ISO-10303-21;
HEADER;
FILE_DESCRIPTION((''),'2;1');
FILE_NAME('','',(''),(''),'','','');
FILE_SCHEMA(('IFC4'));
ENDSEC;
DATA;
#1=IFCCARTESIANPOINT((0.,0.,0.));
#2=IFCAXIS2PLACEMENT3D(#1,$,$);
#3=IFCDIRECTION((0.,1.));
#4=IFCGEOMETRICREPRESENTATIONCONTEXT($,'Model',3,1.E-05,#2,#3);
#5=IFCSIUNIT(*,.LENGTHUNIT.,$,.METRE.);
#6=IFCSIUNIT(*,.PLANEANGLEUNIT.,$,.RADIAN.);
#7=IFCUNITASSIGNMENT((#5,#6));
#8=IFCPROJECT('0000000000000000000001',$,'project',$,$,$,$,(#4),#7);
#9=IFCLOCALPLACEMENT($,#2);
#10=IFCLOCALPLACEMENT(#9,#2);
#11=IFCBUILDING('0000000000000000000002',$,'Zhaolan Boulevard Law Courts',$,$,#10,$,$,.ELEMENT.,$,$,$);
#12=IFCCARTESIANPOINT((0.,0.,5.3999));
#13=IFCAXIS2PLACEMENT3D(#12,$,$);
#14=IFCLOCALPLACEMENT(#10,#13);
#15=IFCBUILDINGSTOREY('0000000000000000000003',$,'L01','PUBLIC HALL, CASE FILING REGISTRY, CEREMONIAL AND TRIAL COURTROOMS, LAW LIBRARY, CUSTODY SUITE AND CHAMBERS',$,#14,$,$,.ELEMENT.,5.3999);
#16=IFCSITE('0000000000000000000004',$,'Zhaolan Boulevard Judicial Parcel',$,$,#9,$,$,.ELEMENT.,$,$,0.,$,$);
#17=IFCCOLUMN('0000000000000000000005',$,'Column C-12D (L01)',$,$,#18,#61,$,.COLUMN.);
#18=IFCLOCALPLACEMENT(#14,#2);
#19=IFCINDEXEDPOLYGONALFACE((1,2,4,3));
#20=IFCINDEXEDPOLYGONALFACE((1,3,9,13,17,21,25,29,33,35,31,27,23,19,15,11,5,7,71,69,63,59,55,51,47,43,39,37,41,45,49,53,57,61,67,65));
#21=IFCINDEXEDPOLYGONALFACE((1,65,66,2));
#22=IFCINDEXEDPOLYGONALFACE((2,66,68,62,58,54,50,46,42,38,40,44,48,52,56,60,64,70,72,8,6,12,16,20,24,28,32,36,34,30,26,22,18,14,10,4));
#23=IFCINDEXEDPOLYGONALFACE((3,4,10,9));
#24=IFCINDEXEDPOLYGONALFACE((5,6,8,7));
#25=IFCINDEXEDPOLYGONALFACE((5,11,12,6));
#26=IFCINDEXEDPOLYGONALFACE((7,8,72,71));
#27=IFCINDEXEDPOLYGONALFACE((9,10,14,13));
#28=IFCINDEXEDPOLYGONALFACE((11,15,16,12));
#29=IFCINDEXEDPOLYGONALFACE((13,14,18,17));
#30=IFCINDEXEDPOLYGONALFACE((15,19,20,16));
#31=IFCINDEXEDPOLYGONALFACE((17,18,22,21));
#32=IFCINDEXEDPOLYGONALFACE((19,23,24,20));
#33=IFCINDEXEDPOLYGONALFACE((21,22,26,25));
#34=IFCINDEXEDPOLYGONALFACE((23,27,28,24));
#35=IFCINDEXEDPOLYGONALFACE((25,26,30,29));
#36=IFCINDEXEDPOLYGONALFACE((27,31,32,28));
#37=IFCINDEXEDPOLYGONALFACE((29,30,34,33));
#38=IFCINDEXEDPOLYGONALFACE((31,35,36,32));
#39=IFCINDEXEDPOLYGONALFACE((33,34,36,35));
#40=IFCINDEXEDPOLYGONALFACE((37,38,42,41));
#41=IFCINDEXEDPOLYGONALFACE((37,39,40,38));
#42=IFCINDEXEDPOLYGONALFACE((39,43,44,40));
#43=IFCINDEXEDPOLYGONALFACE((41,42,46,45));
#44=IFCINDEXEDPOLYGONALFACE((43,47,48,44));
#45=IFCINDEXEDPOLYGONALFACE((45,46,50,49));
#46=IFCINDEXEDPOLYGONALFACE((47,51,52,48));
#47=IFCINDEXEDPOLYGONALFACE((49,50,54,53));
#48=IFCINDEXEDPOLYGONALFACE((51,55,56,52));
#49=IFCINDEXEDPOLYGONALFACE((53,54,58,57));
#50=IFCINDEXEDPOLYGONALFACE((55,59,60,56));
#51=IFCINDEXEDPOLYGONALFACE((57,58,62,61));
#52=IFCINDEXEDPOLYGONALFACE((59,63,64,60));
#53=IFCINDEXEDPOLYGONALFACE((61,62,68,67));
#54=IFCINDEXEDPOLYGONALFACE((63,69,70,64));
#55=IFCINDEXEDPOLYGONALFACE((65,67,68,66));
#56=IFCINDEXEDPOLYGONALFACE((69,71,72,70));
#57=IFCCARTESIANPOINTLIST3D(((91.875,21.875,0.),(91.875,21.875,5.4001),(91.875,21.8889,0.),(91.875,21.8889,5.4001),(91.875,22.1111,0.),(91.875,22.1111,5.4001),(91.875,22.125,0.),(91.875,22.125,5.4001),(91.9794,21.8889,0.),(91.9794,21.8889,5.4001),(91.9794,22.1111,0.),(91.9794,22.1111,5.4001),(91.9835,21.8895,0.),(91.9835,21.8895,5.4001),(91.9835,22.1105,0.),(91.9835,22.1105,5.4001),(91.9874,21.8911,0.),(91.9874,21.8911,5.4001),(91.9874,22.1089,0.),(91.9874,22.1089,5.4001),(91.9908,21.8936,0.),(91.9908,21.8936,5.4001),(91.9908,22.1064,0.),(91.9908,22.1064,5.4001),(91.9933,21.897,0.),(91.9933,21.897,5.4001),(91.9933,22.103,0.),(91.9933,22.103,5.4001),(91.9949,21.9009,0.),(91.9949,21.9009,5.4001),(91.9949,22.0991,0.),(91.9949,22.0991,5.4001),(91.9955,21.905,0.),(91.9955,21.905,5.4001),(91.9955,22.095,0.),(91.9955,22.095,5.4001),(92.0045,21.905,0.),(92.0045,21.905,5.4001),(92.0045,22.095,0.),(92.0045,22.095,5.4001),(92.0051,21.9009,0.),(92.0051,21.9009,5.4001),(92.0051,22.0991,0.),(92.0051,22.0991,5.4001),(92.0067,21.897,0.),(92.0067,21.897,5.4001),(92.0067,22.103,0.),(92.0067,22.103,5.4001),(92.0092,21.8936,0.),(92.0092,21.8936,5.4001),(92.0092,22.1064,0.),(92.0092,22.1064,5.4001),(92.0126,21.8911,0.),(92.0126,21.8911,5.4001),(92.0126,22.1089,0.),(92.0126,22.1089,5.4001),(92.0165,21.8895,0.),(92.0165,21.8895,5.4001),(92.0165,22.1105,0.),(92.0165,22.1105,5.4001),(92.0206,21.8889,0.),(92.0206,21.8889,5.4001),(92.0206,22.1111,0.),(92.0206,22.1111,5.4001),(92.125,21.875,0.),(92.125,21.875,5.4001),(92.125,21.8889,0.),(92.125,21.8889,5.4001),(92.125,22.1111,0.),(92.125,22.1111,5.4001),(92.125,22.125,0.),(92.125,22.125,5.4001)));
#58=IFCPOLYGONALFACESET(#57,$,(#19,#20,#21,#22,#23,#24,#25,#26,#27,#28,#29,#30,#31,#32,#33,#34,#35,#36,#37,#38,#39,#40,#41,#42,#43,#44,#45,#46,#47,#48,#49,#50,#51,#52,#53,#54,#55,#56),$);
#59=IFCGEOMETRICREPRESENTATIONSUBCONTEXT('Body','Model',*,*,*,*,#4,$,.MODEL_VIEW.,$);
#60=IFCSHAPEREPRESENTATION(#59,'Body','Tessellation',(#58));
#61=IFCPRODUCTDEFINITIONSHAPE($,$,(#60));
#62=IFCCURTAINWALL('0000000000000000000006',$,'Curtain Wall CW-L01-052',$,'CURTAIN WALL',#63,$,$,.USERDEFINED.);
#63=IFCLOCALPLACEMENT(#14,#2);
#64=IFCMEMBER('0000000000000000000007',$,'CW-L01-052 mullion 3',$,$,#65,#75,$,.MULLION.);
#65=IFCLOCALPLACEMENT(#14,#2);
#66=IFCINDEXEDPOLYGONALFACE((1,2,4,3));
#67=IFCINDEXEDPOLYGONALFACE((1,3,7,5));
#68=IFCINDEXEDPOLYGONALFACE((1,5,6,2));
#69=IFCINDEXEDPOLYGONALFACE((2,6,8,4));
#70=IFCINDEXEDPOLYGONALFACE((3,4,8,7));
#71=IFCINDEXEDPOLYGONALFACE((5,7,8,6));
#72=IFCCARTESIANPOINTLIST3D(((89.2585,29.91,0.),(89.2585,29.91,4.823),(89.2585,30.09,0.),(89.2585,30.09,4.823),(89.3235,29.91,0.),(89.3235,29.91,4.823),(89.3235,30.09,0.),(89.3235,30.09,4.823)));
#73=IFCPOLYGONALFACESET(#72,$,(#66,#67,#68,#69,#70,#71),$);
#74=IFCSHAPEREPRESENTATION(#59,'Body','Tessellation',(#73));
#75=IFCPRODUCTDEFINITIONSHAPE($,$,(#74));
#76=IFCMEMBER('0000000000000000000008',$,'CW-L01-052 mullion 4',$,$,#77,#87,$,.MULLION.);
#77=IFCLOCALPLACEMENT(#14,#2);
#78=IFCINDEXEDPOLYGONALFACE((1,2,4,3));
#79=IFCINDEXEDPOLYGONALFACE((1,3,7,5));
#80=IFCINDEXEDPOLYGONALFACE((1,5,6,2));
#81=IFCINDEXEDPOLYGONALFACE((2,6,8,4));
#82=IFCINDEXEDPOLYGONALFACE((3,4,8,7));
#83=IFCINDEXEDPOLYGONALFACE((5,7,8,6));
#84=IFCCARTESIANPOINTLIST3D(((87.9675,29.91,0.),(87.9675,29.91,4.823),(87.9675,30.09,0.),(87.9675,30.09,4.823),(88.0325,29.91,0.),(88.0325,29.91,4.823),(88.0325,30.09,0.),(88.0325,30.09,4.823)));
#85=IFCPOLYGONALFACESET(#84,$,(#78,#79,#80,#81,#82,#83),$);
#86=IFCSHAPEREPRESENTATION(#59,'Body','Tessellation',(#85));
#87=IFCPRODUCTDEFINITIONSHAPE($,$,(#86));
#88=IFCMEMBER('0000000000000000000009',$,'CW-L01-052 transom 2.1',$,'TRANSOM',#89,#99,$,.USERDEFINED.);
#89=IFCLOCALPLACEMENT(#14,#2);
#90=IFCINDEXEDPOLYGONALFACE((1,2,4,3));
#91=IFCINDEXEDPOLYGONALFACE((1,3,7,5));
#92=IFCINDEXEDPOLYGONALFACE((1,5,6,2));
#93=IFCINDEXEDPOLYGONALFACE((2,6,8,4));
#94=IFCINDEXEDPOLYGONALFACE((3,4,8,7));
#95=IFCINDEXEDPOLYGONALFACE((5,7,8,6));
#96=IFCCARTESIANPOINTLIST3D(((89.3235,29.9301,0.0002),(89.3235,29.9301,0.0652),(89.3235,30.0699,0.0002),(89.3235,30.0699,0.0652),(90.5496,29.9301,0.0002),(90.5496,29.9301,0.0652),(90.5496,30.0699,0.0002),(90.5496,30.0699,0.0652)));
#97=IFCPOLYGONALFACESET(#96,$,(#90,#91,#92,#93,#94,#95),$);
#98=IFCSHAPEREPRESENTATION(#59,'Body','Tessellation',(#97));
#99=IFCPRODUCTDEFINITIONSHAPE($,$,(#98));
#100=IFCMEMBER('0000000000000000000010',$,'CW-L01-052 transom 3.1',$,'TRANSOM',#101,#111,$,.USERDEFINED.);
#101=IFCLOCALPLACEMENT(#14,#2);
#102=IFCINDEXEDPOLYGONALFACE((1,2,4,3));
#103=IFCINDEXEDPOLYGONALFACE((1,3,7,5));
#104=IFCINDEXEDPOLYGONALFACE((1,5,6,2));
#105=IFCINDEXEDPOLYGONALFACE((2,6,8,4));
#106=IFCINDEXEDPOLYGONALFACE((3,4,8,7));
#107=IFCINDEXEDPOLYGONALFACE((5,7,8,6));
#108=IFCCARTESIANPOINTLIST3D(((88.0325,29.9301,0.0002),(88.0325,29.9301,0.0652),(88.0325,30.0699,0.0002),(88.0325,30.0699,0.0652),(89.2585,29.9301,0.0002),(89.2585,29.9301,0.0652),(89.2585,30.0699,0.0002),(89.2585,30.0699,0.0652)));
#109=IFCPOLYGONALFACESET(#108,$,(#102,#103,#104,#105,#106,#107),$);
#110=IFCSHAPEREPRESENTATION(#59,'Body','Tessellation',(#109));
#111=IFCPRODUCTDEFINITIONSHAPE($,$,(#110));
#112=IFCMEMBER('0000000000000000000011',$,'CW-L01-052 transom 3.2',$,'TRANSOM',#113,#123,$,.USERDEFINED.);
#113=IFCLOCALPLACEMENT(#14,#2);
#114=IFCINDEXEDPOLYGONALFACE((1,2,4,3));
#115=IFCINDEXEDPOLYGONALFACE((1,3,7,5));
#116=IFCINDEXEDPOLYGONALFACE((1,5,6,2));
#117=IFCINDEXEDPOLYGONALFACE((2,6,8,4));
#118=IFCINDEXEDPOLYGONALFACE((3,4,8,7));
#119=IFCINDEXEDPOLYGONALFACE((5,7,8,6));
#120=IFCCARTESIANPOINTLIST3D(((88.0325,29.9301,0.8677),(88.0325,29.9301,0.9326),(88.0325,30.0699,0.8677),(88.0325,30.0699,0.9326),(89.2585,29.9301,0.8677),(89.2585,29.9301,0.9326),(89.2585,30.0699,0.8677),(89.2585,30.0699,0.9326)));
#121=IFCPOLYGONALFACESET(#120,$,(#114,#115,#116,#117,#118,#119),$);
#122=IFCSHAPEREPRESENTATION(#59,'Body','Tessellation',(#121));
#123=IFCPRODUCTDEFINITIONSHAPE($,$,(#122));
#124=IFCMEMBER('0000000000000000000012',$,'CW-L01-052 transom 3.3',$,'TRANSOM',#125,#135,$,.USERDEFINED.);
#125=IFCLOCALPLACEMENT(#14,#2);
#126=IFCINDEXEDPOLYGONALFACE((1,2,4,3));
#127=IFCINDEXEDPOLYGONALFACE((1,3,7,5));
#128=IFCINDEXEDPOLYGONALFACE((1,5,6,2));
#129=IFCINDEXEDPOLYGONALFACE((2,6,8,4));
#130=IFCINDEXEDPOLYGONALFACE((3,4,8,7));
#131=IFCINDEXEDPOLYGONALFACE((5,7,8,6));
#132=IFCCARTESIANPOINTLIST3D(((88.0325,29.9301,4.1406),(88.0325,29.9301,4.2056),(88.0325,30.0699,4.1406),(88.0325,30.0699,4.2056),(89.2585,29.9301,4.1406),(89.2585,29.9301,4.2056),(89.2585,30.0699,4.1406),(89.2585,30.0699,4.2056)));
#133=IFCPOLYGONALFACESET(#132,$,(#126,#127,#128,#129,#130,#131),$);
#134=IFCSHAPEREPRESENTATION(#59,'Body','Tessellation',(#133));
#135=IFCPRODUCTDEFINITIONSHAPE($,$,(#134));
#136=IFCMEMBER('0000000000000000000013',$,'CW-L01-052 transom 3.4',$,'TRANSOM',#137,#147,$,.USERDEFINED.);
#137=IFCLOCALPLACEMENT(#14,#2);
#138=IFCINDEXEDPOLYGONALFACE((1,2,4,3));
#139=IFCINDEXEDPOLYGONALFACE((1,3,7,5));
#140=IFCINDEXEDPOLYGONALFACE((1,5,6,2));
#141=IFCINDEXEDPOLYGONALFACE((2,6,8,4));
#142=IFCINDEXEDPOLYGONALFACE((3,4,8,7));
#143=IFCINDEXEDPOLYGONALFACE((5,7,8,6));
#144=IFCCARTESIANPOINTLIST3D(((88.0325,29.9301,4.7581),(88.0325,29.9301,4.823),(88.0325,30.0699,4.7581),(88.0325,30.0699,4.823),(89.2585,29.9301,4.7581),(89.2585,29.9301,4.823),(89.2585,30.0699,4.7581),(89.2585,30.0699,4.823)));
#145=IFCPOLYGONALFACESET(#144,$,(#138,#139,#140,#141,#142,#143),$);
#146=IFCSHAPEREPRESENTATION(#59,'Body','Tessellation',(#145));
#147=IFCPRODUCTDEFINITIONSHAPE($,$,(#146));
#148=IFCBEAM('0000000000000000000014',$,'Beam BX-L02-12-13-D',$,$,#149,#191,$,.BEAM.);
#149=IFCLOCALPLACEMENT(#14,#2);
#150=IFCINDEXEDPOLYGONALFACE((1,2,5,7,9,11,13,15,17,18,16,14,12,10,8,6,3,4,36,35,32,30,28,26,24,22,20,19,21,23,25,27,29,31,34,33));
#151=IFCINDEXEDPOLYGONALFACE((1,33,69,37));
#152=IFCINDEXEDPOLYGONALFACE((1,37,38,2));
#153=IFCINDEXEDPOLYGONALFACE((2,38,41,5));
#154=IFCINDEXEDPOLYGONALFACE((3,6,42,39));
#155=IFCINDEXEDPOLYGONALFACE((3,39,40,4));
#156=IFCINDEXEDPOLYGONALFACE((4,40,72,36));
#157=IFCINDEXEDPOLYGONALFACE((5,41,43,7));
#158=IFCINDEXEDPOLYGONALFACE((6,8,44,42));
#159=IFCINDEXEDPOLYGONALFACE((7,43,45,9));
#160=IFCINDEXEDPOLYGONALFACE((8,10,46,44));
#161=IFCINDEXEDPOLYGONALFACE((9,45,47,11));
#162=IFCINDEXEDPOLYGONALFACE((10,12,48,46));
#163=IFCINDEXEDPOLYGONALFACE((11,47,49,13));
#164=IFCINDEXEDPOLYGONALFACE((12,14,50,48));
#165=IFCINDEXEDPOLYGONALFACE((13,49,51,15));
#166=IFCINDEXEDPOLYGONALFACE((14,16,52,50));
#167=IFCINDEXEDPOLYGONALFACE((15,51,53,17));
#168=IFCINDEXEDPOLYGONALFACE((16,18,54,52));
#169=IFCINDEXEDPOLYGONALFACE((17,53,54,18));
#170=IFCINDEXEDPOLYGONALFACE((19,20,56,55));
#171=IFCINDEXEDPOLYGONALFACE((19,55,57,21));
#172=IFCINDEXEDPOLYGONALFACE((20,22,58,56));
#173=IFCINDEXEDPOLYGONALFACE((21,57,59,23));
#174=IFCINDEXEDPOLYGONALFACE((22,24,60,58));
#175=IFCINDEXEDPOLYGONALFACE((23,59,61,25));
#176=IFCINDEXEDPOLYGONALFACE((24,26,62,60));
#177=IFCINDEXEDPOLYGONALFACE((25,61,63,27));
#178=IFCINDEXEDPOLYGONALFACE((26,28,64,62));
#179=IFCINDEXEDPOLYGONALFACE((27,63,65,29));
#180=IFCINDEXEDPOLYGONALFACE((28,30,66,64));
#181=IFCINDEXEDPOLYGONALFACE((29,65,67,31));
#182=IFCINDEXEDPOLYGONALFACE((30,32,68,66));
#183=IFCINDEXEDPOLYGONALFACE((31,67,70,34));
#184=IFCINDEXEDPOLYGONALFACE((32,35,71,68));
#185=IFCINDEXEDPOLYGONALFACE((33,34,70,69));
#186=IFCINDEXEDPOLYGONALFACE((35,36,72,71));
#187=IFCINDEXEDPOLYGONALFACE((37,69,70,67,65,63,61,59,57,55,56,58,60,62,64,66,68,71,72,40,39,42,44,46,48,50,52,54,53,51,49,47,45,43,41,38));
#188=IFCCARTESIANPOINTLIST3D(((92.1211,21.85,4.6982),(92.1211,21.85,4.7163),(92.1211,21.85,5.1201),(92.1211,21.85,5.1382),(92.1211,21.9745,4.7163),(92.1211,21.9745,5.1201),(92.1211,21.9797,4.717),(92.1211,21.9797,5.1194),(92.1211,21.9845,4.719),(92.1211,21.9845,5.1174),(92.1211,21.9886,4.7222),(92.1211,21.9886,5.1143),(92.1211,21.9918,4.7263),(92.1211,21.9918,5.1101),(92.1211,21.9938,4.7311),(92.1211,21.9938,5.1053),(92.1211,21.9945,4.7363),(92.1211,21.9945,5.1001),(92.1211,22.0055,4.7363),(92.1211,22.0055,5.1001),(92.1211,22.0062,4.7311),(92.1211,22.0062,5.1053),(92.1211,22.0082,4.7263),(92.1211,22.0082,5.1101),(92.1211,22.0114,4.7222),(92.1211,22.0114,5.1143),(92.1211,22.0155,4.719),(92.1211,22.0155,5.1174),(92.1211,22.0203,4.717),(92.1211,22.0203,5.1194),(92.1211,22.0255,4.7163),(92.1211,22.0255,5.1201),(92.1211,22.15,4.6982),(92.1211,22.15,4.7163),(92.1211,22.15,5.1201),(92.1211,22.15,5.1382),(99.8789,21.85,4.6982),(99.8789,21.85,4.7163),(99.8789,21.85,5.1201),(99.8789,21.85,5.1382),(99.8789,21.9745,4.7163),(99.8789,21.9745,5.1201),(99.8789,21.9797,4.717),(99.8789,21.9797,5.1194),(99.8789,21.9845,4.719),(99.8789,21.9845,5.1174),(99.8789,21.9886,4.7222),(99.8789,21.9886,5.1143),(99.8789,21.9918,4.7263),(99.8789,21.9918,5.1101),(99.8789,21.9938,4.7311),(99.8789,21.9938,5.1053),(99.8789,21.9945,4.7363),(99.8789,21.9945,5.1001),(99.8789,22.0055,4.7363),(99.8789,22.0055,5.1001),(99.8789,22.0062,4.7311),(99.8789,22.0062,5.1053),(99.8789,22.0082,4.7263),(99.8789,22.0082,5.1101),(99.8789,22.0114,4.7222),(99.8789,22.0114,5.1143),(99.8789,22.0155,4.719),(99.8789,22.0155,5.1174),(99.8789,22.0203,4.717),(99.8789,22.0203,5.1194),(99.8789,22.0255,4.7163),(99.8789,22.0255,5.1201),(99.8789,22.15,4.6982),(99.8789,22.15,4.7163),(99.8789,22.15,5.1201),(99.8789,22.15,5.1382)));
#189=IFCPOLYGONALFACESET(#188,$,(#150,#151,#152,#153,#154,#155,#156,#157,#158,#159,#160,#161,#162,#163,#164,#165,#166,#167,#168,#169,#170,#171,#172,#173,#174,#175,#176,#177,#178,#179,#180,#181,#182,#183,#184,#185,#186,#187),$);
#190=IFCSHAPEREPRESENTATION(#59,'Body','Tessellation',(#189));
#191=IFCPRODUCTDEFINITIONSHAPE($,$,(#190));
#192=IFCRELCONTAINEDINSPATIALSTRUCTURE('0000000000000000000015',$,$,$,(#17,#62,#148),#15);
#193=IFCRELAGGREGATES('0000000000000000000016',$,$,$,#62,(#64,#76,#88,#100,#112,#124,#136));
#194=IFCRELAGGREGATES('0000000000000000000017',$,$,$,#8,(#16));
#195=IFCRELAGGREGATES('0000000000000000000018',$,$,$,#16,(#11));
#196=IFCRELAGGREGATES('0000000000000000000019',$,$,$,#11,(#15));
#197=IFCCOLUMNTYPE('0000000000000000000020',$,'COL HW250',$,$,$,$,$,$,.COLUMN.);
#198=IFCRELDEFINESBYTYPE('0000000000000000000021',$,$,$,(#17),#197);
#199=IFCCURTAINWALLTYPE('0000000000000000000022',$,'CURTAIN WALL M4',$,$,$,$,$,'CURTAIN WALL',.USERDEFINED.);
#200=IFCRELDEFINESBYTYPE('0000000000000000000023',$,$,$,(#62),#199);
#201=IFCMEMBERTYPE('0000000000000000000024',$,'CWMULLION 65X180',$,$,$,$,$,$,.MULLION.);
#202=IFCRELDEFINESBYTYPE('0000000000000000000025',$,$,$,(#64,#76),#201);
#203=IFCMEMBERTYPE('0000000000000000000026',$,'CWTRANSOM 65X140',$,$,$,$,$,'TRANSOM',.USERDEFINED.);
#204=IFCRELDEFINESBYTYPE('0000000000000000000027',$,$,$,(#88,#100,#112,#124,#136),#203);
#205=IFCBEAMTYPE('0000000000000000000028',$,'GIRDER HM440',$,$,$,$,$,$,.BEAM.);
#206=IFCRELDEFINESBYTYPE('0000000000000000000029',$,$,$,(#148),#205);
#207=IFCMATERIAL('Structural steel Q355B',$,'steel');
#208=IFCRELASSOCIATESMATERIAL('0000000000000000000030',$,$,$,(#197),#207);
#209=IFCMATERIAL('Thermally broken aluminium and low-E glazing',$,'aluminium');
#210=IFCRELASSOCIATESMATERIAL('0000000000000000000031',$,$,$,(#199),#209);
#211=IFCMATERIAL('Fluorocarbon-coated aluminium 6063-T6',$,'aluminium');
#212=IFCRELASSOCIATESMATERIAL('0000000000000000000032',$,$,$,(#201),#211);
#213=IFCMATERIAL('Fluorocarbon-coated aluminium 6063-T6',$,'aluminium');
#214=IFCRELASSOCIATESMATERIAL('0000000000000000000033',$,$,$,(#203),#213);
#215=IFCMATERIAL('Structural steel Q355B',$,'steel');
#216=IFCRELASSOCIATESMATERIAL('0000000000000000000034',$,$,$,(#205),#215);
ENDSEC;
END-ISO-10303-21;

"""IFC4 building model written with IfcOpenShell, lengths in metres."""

from ifc_helpers import new_model, si_unit, direction, frame, origin, origin_2d, place, context, subcontext, project, spatial, rectangle, i_section, extrude, material, material_profile, profile_set, type_object, element, aggregate, save


model = new_model("IFC4")

# Units and contexts
model_context = context("Model", 3, precision=1e-05, world=origin(), true_north=direction((0.0, 1.0)))
body_context = subcontext(model_context, "Body", "Model", "MODEL_VIEW")
ifc_project = project(units=[si_unit("LENGTHUNIT", "METRE"), si_unit("PLANEANGLEUNIT", "RADIAN")], contexts=[model_context])

# Site, building, storey
site_placement = place(None, origin())
site = spatial("IfcSite", under=ifc_project, at=site_placement, Name="Zhaolan Boulevard Judicial Parcel", CompositionType="ELEMENT", RefElevation=0.0)
building_placement = place(site_placement, origin())
building = spatial("IfcBuilding", under=site, at=building_placement, Name="Zhaolan Boulevard Law Courts", CompositionType="ELEMENT")
storey_placement = place(building_placement, frame((0.0, 0.0, 5.3999)))
storey = spatial("IfcBuildingStorey", under=building, at=storey_placement, Name="L01", Description="PUBLIC HALL, CASE FILING REGISTRY, CEREMONIAL AND TRIAL COURTROOMS, LAW LIBRARY, CUSTODY SUITE AND CHAMBERS", CompositionType="ELEMENT", Elevation=5.3999)

# Column
ifc_material_1 = material(Name="Structural steel Q355B", Category="steel")
ifc_material_profile_1 = material_profile(ifc_material_1, i_section(OverallWidth=0.25, OverallDepth=0.25, WebThickness=0.009, FlangeThickness=0.0139, FilletRadius=0.0161, at=origin_2d()), Name="HW250x250")
ifc_profile_set_1 = profile_set([ifc_material_profile_1], Name="Structural steel Q355B")
column_type = type_object("IfcColumnType", Name="COL HW250", PredefinedType="COLUMN", material=ifc_profile_set_1)
column_placement = place(storey_placement, frame((92.0, 22.0, 0.0), z_axis=(0.0, 0.0, 1.0), x_axis=(1.0, 0.0, 0.0)))
element("IfcColumn", 1, at=column_placement, inside=storey, type_object=column_type, Name="Column C-12D (L01)", PredefinedType="COLUMN", context=body_context, shape_type="SweptSolid", body=[
    extrude(i_section(OverallWidth=0.25, OverallDepth=0.25, WebThickness=0.009, FlangeThickness=0.0139, FilletRadius=0.0161, at=origin_2d()), origin(), (0.0, 0.0, 1.0), 5.4001),
])

# Curtain wall, members
ifc_material_2 = material(Name="Thermally broken aluminium and low-E glazing", Category="aluminium")
curtain_wall_type = type_object("IfcCurtainWallType", Name="CURTAIN WALL M4", ElementType="CURTAIN WALL", PredefinedType="USERDEFINED", material=ifc_material_2)
curtain_wall_placement = place(storey_placement, origin())
curtain_wall = element("IfcCurtainWall", 2, at=curtain_wall_placement, inside=storey, type_object=curtain_wall_type, Name="Curtain Wall CW-L01-052", ObjectType="CURTAIN WALL", PredefinedType="USERDEFINED")
ifc_material_3 = material(Name="Fluorocarbon-coated aluminium 6063-T6", Category="aluminium")
ifc_material_profile_2 = material_profile(ifc_material_3, rectangle(XDim=0.1799, YDim=0.0649, at=origin_2d()), Name="AL65x180")
ifc_profile_set_2 = profile_set([ifc_material_profile_2], Name="Fluorocarbon-coated aluminium 6063-T6")
member_type_1 = type_object("IfcMemberType", Name="CWMULLION 65X180", PredefinedType="MULLION", material=ifc_profile_set_2)
member_1_placement = place(storey_placement, frame((89.291, 30.0, 0.0), z_axis=(0.0, 0.0, 1.0), x_axis=(0.0, -1.0, 0.0)))
member_1 = element("IfcMember", 3, at=member_1_placement, type_object=member_type_1, Name="CW-L01-052 mullion 3", PredefinedType="MULLION", context=body_context, shape_type="SweptSolid", body=[
    extrude(rectangle(XDim=0.1799, YDim=0.0649, at=origin_2d()), origin(), (0.0, 0.0, 1.0), 4.823),
])
member_2_placement = place(storey_placement, frame((88.0, 30.0, 0.0), z_axis=(0.0, 0.0, 1.0), x_axis=(0.0, -1.0, 0.0)))
member_2 = element("IfcMember", 4, at=member_2_placement, type_object=member_type_1, Name="CW-L01-052 mullion 4", PredefinedType="MULLION", context=body_context, shape_type="SweptSolid", body=[
    extrude(rectangle(XDim=0.1799, YDim=0.0649, at=origin_2d()), origin(), (0.0, 0.0, 1.0), 4.823),
])
ifc_material_4 = material(Name="Fluorocarbon-coated aluminium 6063-T6", Category="aluminium")
ifc_material_profile_3 = material_profile(ifc_material_4, rectangle(XDim=0.1399, YDim=0.0649, at=origin_2d()), Name="AL65x140")
ifc_profile_set_3 = profile_set([ifc_material_profile_3], Name="Fluorocarbon-coated aluminium 6063-T6")
member_type_2 = type_object("IfcMemberType", Name="CWTRANSOM 65X140", ElementType="TRANSOM", PredefinedType="USERDEFINED", material=ifc_profile_set_3)
member_3_placement = place(storey_placement, frame((90.5496, 30.0, 0.0327), z_axis=(-1.0, 0.0, 0.0), x_axis=(0.0, -1.0, 0.0)))
member_3 = element("IfcMember", 5, at=member_3_placement, type_object=member_type_2, Name="CW-L01-052 transom 2.1", ObjectType="TRANSOM", PredefinedType="USERDEFINED", context=body_context, shape_type="SweptSolid", body=[
    extrude(rectangle(XDim=0.1399, YDim=0.0649, at=origin_2d()), origin(), (0.0, 0.0, 1.0), 1.2261),
])
member_4_placement = place(storey_placement, frame((89.2585, 30.0, 0.0327), z_axis=(-1.0, 0.0, 0.0), x_axis=(0.0, -1.0, 0.0)))
member_4 = element("IfcMember", 6, at=member_4_placement, type_object=member_type_2, Name="CW-L01-052 transom 3.1", ObjectType="TRANSOM", PredefinedType="USERDEFINED", context=body_context, shape_type="SweptSolid", body=[
    extrude(rectangle(XDim=0.1399, YDim=0.0649, at=origin_2d()), origin(), (0.0, 0.0, 1.0), 1.2261),
])
member_5_placement = place(storey_placement, frame((89.2585, 30.0, 0.9001), z_axis=(-1.0, 0.0, 0.0), x_axis=(0.0, -1.0, 0.0)))
member_5 = element("IfcMember", 7, at=member_5_placement, type_object=member_type_2, Name="CW-L01-052 transom 3.2", ObjectType="TRANSOM", PredefinedType="USERDEFINED", context=body_context, shape_type="SweptSolid", body=[
    extrude(rectangle(XDim=0.1399, YDim=0.0649, at=origin_2d()), origin(), (0.0, 0.0, 1.0), 1.2261),
])
member_6_placement = place(storey_placement, frame((89.2585, 30.0, 4.1731), z_axis=(-1.0, 0.0, 0.0), x_axis=(0.0, -1.0, 0.0)))
member_6 = element("IfcMember", 8, at=member_6_placement, type_object=member_type_2, Name="CW-L01-052 transom 3.3", ObjectType="TRANSOM", PredefinedType="USERDEFINED", context=body_context, shape_type="SweptSolid", body=[
    extrude(rectangle(XDim=0.1399, YDim=0.0649, at=origin_2d()), origin(), (0.0, 0.0, 1.0), 1.2261),
])
member_7_placement = place(storey_placement, frame((89.2585, 30.0, 4.7905), z_axis=(-1.0, 0.0, 0.0), x_axis=(0.0, -1.0, 0.0)))
member_7 = element("IfcMember", 9, at=member_7_placement, type_object=member_type_2, Name="CW-L01-052 transom 3.4", ObjectType="TRANSOM", PredefinedType="USERDEFINED", context=body_context, shape_type="SweptSolid", body=[
    extrude(rectangle(XDim=0.1399, YDim=0.0649, at=origin_2d()), origin(), (0.0, 0.0, 1.0), 1.2261),
])

# Beam
ifc_material_5 = material(Name="Structural steel Q355B", Category="steel")
ifc_material_profile_4 = material_profile(ifc_material_5, i_section(OverallWidth=0.3, OverallDepth=0.4399, WebThickness=0.011, FlangeThickness=0.0181, FilletRadius=0.02, at=origin_2d()), Name="HM440x300")
ifc_profile_set_4 = profile_set([ifc_material_profile_4], Name="Structural steel Q355B")
beam_type_1 = type_object("IfcBeamType", Name="GIRDER HM440", PredefinedType="BEAM", material=ifc_profile_set_4)
beam_1_placement = place(storey_placement, frame((92.1211, 22.0, 4.9182), z_axis=(1.0, 0.0, 0.0), x_axis=(0.0, 1.0, 0.0)))
element("IfcBeam", 10, at=beam_1_placement, inside=storey, type_object=beam_type_1, Name="Beam BX-L02-12-13-D", PredefinedType="BEAM", context=body_context, shape_type="SweptSolid", body=[
    extrude(i_section(OverallWidth=0.3, OverallDepth=0.4399, WebThickness=0.011, FlangeThickness=0.0181, FilletRadius=0.02, at=origin_2d()), origin(), (0.0, 0.0, 1.0), 7.7578),
])

aggregate(curtain_wall, [member_1, member_2, member_3, member_4, member_5, member_6, member_7])

save(model, "model.ifc")
